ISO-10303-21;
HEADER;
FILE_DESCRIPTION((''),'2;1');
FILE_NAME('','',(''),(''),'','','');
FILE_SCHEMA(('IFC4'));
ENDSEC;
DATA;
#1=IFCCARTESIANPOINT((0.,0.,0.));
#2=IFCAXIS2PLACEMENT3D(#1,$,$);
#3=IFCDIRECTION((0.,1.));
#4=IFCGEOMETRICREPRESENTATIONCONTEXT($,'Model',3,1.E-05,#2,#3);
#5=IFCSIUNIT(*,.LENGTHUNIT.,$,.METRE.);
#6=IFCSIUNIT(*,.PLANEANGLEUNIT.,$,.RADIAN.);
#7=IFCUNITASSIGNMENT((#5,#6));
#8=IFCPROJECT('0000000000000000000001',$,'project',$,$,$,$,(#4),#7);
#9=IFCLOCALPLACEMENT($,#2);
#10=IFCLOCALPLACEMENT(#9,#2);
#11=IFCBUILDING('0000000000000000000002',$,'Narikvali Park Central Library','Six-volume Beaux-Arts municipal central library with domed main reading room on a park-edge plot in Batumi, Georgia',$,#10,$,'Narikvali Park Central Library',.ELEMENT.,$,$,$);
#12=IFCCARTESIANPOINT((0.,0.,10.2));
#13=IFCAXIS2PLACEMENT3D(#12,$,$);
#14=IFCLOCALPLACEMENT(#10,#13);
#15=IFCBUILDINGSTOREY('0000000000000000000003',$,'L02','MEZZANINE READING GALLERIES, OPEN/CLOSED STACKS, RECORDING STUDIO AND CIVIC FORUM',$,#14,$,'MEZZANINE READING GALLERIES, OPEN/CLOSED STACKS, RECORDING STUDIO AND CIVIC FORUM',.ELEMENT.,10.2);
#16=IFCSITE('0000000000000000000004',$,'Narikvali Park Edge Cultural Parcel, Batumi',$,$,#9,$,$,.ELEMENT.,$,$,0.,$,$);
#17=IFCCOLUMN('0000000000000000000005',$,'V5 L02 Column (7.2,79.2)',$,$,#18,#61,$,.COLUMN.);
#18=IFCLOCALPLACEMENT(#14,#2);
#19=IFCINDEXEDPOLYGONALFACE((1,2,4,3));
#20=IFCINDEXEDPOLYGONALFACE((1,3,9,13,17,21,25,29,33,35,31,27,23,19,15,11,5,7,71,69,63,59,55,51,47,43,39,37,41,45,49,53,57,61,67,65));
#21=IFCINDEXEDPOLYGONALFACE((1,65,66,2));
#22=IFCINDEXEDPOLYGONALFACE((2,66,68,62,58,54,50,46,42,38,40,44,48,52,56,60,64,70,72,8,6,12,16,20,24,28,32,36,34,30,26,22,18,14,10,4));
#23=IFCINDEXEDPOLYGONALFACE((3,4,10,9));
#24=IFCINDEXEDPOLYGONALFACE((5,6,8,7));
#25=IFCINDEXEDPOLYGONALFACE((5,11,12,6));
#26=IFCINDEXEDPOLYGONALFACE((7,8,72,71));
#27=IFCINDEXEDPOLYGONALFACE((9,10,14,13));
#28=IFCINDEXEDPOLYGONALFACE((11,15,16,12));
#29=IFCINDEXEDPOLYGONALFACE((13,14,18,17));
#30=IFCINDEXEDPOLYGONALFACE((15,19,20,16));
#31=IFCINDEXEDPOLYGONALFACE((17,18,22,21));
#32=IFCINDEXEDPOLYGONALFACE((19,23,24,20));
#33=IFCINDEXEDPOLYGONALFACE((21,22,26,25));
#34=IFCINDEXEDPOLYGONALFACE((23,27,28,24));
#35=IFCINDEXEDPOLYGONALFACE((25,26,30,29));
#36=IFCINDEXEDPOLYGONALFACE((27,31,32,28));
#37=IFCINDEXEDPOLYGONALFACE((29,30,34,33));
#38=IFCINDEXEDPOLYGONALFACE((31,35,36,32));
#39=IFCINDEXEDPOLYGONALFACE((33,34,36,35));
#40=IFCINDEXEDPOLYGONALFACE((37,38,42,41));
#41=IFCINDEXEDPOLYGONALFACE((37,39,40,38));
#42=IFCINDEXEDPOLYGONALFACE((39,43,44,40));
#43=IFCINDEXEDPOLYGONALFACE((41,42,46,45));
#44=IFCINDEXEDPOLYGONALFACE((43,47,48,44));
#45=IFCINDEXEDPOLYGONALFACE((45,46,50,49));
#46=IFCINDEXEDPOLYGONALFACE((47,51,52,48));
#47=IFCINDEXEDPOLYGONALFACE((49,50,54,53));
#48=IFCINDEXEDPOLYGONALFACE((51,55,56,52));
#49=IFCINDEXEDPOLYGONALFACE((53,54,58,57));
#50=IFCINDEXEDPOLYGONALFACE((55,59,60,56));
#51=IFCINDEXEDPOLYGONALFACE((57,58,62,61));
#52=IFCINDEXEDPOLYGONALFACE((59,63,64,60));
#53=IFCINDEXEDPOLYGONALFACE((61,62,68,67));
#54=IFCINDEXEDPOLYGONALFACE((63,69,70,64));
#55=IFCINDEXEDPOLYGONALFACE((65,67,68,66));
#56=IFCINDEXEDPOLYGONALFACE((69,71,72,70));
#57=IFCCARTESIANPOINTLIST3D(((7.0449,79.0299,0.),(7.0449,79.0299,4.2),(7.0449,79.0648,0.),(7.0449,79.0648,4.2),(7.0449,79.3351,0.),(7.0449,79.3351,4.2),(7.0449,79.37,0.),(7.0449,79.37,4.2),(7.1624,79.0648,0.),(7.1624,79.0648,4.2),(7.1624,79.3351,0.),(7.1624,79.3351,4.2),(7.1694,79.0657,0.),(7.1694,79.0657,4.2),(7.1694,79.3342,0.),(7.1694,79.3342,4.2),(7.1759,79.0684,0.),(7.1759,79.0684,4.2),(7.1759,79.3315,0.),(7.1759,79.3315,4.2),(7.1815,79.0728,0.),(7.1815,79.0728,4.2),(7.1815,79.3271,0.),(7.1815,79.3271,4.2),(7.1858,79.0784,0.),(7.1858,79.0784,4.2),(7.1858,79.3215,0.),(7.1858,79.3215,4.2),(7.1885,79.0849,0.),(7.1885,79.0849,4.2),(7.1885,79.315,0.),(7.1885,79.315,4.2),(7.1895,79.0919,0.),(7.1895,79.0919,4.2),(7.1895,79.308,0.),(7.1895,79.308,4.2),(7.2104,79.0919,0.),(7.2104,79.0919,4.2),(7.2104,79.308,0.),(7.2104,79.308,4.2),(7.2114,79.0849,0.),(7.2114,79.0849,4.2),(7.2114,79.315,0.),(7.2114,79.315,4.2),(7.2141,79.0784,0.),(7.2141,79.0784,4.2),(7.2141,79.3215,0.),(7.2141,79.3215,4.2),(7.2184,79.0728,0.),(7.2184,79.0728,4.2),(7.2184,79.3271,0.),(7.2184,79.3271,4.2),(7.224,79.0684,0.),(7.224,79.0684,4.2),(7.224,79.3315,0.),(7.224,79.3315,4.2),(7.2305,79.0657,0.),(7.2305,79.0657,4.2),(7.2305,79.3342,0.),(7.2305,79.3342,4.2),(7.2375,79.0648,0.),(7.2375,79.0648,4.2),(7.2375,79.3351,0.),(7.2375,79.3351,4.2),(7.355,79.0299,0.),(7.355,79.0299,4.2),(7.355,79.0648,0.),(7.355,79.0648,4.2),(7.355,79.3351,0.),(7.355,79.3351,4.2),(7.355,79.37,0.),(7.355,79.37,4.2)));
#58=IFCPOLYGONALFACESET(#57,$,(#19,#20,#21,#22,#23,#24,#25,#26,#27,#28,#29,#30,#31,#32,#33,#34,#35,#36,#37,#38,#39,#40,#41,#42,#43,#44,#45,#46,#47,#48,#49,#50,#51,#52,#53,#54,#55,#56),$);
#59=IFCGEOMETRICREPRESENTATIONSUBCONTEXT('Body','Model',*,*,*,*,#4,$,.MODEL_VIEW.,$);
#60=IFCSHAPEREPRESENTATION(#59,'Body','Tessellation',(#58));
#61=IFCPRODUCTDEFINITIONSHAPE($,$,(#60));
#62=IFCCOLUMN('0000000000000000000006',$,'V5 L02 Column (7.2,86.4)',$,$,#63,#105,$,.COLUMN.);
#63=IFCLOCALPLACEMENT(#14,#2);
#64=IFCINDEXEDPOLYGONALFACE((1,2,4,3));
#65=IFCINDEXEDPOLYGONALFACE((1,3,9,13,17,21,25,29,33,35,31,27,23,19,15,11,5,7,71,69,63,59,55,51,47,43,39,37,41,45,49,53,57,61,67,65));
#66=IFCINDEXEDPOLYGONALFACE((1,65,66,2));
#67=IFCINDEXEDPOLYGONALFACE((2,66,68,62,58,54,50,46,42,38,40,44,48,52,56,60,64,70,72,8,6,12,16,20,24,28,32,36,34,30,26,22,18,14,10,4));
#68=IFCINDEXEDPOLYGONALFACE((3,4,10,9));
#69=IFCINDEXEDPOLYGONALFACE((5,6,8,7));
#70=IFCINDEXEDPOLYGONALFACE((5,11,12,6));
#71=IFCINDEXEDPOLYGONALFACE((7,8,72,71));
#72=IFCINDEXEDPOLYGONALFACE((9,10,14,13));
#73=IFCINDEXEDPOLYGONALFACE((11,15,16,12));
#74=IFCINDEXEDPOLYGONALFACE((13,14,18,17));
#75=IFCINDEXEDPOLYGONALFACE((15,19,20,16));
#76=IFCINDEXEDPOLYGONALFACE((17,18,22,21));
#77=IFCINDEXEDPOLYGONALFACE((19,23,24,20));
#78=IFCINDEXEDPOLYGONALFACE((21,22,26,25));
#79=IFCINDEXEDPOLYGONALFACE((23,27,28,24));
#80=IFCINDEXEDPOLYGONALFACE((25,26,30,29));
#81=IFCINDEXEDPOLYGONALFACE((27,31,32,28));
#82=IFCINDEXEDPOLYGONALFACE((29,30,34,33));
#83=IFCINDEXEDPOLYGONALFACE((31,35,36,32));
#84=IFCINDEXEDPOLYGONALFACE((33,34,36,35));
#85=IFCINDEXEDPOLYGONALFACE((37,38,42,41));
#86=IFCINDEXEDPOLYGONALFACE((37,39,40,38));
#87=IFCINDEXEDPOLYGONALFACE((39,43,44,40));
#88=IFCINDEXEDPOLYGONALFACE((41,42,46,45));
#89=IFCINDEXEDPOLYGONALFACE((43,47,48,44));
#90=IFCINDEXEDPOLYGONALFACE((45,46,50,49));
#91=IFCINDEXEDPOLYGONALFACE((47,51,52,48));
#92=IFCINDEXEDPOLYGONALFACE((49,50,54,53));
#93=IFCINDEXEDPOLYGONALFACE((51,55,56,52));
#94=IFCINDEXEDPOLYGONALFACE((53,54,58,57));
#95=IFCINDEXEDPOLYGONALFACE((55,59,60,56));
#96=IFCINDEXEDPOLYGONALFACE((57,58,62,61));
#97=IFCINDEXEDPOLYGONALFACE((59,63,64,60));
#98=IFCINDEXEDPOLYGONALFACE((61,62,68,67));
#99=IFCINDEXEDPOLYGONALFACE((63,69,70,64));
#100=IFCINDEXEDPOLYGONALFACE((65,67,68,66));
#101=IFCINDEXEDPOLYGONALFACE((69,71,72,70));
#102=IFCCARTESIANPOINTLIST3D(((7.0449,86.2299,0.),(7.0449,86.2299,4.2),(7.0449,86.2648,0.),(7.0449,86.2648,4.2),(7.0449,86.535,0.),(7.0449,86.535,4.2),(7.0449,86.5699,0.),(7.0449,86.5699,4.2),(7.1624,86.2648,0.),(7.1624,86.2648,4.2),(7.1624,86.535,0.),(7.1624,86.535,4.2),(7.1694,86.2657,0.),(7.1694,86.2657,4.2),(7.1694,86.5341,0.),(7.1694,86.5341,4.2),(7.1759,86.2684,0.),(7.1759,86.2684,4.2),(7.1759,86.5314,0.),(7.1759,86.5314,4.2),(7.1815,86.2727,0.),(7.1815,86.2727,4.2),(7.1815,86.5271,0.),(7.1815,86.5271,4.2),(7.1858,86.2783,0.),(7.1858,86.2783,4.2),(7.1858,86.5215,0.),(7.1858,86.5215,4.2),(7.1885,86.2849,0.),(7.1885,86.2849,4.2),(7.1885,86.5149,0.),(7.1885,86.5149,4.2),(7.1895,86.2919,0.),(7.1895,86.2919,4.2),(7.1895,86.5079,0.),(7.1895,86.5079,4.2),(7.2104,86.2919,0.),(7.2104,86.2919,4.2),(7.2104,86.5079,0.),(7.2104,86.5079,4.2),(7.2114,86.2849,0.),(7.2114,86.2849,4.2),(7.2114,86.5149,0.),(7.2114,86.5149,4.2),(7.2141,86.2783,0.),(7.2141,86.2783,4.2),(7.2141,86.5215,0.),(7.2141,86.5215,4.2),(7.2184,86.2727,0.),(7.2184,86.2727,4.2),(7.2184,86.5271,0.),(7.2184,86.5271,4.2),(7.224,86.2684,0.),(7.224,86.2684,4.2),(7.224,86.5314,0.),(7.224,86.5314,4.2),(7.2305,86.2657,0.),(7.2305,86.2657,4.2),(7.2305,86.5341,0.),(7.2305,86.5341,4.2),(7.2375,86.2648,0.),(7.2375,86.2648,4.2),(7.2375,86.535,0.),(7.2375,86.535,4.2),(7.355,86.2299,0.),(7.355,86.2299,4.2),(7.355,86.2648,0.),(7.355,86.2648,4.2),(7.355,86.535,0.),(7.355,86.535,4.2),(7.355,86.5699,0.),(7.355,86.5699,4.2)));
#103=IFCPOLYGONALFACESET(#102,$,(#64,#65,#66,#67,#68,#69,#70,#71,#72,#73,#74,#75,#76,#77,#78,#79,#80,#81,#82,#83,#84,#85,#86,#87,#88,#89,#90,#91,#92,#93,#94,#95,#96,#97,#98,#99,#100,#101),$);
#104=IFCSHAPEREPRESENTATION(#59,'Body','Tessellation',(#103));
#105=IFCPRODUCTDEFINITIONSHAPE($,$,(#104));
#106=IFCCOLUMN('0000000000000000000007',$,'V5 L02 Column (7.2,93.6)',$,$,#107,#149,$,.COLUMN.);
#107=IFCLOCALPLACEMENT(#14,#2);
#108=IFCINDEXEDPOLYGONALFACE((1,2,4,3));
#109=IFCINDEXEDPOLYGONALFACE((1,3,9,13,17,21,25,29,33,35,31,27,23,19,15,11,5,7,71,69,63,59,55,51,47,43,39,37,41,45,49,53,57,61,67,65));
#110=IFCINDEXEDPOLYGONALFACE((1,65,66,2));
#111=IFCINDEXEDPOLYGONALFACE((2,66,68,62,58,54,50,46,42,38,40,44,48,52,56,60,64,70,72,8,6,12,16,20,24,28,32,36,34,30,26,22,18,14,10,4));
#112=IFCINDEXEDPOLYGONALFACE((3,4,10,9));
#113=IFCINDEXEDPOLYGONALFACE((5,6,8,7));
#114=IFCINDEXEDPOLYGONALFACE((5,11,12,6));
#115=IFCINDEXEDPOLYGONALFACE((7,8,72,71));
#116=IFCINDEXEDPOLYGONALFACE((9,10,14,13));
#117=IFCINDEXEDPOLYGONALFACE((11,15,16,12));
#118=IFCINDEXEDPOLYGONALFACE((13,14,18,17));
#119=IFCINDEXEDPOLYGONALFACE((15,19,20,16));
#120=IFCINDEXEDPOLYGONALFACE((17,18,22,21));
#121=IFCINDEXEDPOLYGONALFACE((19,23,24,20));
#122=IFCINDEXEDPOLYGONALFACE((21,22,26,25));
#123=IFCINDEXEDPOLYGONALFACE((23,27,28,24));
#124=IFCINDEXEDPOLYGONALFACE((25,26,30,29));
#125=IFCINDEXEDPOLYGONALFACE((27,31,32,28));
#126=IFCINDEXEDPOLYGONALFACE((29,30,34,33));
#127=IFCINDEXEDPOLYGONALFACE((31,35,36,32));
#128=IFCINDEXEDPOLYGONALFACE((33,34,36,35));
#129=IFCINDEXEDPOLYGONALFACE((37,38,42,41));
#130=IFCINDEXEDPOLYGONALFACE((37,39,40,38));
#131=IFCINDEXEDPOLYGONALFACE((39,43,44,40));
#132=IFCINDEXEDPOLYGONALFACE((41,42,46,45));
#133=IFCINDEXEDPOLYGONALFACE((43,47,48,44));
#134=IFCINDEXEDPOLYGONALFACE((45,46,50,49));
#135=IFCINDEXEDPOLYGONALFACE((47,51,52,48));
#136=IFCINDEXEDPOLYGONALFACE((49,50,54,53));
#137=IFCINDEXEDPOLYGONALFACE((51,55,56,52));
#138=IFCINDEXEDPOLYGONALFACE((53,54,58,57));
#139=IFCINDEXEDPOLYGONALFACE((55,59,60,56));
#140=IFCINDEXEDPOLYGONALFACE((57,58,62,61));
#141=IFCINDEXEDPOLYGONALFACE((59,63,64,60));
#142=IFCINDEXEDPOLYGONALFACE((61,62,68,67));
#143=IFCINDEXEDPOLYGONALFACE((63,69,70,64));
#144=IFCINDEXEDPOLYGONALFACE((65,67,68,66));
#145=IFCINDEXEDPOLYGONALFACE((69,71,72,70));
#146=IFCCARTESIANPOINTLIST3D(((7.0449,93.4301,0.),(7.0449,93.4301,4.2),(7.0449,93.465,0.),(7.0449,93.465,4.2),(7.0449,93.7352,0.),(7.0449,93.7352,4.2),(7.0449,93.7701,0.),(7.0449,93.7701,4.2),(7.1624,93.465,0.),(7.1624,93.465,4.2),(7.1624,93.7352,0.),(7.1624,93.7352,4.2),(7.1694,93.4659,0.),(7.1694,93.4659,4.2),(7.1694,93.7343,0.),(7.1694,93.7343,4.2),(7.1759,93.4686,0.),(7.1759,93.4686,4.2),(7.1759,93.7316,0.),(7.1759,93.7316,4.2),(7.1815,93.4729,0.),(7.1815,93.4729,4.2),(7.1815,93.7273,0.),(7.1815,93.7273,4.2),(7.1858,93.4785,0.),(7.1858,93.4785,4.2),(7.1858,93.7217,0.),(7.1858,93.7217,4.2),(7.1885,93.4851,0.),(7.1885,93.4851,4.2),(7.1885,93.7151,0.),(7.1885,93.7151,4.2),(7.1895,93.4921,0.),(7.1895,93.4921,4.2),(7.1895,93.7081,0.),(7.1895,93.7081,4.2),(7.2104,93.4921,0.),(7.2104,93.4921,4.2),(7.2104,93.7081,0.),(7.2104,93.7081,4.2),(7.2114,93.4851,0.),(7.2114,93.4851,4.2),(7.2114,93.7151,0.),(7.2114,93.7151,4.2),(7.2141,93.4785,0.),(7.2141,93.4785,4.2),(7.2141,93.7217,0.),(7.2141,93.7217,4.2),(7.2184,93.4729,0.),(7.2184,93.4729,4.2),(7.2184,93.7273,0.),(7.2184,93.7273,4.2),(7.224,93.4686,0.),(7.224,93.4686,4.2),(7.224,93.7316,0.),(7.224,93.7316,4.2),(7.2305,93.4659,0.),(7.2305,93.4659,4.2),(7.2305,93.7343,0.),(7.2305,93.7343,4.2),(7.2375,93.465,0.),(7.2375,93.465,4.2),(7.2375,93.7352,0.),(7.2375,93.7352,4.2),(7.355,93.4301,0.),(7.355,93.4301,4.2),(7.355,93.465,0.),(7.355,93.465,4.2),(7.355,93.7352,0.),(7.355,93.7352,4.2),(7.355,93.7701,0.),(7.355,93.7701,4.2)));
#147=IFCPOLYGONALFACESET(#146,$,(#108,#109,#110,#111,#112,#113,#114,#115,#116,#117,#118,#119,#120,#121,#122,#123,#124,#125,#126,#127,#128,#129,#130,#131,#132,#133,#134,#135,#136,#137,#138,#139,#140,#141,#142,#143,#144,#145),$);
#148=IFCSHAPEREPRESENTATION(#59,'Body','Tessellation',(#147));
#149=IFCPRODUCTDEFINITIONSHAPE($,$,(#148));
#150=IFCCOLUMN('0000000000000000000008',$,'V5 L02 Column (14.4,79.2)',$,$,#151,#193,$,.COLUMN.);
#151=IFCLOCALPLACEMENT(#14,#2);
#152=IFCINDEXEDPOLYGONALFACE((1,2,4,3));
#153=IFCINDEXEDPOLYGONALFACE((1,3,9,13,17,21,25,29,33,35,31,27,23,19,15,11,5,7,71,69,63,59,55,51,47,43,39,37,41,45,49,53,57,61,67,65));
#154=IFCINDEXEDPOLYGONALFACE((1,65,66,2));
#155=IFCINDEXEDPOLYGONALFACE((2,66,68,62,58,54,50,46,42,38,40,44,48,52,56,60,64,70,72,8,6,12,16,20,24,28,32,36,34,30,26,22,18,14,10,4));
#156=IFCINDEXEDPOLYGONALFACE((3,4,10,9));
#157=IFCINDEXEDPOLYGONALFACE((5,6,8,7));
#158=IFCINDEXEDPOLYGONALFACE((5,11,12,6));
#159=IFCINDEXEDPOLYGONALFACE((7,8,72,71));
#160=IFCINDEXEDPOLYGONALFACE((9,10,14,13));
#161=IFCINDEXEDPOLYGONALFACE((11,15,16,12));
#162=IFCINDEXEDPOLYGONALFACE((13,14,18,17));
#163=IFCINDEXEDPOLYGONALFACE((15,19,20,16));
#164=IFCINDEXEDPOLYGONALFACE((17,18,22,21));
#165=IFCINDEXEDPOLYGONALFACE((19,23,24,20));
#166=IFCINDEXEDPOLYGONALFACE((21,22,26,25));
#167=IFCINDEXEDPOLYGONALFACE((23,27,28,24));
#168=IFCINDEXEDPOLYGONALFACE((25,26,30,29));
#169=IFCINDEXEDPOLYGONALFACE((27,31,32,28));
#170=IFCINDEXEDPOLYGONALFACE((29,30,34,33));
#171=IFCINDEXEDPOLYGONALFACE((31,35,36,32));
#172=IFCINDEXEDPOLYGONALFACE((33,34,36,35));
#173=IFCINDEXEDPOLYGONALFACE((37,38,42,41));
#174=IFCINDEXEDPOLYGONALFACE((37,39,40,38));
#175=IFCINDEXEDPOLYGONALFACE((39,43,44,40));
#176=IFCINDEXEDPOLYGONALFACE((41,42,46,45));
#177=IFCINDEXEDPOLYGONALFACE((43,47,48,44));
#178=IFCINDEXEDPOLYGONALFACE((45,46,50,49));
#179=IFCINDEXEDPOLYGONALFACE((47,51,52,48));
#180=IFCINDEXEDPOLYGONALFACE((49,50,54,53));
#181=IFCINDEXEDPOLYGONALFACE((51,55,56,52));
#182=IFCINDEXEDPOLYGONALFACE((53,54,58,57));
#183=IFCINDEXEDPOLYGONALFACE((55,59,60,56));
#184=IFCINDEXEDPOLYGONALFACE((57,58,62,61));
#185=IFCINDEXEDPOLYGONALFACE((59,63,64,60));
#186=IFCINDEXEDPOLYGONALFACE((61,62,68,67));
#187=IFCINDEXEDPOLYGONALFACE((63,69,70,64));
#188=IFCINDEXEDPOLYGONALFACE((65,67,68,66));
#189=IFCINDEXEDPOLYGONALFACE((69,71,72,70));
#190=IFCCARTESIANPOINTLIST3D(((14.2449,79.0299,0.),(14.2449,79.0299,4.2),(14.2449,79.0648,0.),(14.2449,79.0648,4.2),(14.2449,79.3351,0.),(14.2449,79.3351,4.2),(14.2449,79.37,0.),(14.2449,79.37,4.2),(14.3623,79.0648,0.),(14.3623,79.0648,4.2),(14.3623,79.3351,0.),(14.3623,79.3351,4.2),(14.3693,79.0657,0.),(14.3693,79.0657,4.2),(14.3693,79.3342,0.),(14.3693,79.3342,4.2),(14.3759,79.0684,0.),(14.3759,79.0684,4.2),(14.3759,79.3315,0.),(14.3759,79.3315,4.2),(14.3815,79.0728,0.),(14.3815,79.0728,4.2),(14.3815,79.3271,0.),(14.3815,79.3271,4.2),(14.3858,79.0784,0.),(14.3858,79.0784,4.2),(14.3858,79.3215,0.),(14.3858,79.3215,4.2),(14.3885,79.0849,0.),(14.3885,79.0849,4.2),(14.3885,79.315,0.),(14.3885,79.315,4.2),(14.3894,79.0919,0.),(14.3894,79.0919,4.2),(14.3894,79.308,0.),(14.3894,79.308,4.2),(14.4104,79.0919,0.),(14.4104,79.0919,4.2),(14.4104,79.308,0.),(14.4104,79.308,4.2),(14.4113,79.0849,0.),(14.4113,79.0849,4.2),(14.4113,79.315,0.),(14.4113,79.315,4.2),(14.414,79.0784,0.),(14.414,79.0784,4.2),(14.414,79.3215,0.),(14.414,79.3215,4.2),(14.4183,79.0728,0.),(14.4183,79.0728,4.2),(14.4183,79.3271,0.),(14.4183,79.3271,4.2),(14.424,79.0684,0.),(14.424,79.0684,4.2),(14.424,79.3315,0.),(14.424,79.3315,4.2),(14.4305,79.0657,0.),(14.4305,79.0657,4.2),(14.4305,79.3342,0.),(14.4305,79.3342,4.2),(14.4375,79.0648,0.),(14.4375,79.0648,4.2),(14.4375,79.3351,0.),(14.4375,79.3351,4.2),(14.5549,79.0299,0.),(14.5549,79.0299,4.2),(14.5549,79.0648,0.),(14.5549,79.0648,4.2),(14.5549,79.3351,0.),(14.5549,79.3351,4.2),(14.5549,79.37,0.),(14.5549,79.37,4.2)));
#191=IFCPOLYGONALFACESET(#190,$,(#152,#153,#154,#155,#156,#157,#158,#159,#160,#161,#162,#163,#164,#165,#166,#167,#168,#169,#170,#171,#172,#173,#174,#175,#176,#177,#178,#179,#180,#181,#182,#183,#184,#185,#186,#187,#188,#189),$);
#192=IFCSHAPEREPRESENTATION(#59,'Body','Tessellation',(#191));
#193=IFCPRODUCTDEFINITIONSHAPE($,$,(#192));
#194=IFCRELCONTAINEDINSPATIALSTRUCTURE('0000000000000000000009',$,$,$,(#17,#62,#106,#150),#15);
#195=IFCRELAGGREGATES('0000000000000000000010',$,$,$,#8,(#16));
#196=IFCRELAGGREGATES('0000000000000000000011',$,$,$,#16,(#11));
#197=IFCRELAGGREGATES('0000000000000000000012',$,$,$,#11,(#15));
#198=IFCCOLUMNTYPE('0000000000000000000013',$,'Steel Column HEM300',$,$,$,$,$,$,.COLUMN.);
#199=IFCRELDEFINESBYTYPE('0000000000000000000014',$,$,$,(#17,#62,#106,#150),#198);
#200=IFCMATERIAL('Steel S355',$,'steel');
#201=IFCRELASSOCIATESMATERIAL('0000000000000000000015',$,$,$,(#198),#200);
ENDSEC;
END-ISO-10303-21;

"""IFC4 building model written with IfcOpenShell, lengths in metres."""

from ifc_helpers import new_model, si_unit, direction, frame, origin, origin_2d, place, context, subcontext, project, spatial, i_section, extrude, material, material_profile, profile_set, type_object, element, save


model = new_model("IFC4")

# Units and contexts
model_context = context("Model", 3, precision=1e-05, world=origin(), true_north=direction((0.0, 1.0)))
body_context = subcontext(model_context, "Body", "Model", "MODEL_VIEW")
ifc_project = project(units=[si_unit("LENGTHUNIT", "METRE"), si_unit("PLANEANGLEUNIT", "RADIAN")], contexts=[model_context])

# Site, building, storey
site_placement = place(None, origin())
site = spatial("IfcSite", under=ifc_project, at=site_placement, Name="Narikvali Park Edge Cultural Parcel, Batumi", CompositionType="ELEMENT", RefElevation=0.0)
building_placement = place(site_placement, origin())
building = spatial("IfcBuilding", under=site, at=building_placement, Name="Narikvali Park Central Library", Description="Six-volume Beaux-Arts municipal central library with domed main reading room on a park-edge plot in Batumi, Georgia", LongName="Narikvali Park Central Library", CompositionType="ELEMENT")
storey_placement = place(building_placement, frame((0.0, 0.0, 10.2)))
storey = spatial("IfcBuildingStorey", under=building, at=storey_placement, Name="L02", Description="MEZZANINE READING GALLERIES, OPEN/CLOSED STACKS, RECORDING STUDIO AND CIVIC FORUM", LongName="MEZZANINE READING GALLERIES, OPEN/CLOSED STACKS, RECORDING STUDIO AND CIVIC FORUM", CompositionType="ELEMENT", Elevation=10.2)

# Columns
ifc_material_1 = material(Name="Steel S355", Category="steel")
ifc_material_profile_1 = material_profile(ifc_material_1, i_section(OverallWidth=0.3101, OverallDepth=0.3401, WebThickness=0.021, FlangeThickness=0.0349, FilletRadius=0.0271, at=origin_2d()), Name="HEM 300")
ifc_profile_set_1 = profile_set([ifc_material_profile_1], Name="Steel S355")
column_type = type_object("IfcColumnType", Name="Steel Column HEM300", PredefinedType="COLUMN", material=ifc_profile_set_1)
for number, where, z_axis, x_axis, name in (
    (1, (7.2, 79.2, 0.0), (0.0, 0.0, 1.0), (1.0, 0.0, 0.0), "V5 L02 Column (7.2,79.2)"),
    (2, (7.2, 86.3999, 0.0), (0.0, 0.0, 1.0), (1.0, 0.0, 0.0), "V5 L02 Column (7.2,86.4)"),
    (3, (7.2, 93.6001, 0.0), (0.0, 0.0, 1.0), (1.0, 0.0, 0.0), "V5 L02 Column (7.2,93.6)"),
    (4, (14.3999, 79.2, 0.0), (0.0, 0.0, 1.0), (1.0, 0.0, 0.0), "V5 L02 Column (14.4,79.2)"),
):
    element("IfcColumn", number, at=place(storey_placement, frame(where, z_axis=z_axis, x_axis=x_axis)), inside=storey, type_object=column_type, Name=name, PredefinedType="COLUMN", context=body_context, shape_type="SweptSolid", body=[
        extrude(i_section(OverallWidth=0.3101, OverallDepth=0.3401, WebThickness=0.021, FlangeThickness=0.0349, FilletRadius=0.0271, at=origin_2d()), origin(), (0.0, 0.0, 1.0), 4.2),
    ])

save(model, "model.ifc")
